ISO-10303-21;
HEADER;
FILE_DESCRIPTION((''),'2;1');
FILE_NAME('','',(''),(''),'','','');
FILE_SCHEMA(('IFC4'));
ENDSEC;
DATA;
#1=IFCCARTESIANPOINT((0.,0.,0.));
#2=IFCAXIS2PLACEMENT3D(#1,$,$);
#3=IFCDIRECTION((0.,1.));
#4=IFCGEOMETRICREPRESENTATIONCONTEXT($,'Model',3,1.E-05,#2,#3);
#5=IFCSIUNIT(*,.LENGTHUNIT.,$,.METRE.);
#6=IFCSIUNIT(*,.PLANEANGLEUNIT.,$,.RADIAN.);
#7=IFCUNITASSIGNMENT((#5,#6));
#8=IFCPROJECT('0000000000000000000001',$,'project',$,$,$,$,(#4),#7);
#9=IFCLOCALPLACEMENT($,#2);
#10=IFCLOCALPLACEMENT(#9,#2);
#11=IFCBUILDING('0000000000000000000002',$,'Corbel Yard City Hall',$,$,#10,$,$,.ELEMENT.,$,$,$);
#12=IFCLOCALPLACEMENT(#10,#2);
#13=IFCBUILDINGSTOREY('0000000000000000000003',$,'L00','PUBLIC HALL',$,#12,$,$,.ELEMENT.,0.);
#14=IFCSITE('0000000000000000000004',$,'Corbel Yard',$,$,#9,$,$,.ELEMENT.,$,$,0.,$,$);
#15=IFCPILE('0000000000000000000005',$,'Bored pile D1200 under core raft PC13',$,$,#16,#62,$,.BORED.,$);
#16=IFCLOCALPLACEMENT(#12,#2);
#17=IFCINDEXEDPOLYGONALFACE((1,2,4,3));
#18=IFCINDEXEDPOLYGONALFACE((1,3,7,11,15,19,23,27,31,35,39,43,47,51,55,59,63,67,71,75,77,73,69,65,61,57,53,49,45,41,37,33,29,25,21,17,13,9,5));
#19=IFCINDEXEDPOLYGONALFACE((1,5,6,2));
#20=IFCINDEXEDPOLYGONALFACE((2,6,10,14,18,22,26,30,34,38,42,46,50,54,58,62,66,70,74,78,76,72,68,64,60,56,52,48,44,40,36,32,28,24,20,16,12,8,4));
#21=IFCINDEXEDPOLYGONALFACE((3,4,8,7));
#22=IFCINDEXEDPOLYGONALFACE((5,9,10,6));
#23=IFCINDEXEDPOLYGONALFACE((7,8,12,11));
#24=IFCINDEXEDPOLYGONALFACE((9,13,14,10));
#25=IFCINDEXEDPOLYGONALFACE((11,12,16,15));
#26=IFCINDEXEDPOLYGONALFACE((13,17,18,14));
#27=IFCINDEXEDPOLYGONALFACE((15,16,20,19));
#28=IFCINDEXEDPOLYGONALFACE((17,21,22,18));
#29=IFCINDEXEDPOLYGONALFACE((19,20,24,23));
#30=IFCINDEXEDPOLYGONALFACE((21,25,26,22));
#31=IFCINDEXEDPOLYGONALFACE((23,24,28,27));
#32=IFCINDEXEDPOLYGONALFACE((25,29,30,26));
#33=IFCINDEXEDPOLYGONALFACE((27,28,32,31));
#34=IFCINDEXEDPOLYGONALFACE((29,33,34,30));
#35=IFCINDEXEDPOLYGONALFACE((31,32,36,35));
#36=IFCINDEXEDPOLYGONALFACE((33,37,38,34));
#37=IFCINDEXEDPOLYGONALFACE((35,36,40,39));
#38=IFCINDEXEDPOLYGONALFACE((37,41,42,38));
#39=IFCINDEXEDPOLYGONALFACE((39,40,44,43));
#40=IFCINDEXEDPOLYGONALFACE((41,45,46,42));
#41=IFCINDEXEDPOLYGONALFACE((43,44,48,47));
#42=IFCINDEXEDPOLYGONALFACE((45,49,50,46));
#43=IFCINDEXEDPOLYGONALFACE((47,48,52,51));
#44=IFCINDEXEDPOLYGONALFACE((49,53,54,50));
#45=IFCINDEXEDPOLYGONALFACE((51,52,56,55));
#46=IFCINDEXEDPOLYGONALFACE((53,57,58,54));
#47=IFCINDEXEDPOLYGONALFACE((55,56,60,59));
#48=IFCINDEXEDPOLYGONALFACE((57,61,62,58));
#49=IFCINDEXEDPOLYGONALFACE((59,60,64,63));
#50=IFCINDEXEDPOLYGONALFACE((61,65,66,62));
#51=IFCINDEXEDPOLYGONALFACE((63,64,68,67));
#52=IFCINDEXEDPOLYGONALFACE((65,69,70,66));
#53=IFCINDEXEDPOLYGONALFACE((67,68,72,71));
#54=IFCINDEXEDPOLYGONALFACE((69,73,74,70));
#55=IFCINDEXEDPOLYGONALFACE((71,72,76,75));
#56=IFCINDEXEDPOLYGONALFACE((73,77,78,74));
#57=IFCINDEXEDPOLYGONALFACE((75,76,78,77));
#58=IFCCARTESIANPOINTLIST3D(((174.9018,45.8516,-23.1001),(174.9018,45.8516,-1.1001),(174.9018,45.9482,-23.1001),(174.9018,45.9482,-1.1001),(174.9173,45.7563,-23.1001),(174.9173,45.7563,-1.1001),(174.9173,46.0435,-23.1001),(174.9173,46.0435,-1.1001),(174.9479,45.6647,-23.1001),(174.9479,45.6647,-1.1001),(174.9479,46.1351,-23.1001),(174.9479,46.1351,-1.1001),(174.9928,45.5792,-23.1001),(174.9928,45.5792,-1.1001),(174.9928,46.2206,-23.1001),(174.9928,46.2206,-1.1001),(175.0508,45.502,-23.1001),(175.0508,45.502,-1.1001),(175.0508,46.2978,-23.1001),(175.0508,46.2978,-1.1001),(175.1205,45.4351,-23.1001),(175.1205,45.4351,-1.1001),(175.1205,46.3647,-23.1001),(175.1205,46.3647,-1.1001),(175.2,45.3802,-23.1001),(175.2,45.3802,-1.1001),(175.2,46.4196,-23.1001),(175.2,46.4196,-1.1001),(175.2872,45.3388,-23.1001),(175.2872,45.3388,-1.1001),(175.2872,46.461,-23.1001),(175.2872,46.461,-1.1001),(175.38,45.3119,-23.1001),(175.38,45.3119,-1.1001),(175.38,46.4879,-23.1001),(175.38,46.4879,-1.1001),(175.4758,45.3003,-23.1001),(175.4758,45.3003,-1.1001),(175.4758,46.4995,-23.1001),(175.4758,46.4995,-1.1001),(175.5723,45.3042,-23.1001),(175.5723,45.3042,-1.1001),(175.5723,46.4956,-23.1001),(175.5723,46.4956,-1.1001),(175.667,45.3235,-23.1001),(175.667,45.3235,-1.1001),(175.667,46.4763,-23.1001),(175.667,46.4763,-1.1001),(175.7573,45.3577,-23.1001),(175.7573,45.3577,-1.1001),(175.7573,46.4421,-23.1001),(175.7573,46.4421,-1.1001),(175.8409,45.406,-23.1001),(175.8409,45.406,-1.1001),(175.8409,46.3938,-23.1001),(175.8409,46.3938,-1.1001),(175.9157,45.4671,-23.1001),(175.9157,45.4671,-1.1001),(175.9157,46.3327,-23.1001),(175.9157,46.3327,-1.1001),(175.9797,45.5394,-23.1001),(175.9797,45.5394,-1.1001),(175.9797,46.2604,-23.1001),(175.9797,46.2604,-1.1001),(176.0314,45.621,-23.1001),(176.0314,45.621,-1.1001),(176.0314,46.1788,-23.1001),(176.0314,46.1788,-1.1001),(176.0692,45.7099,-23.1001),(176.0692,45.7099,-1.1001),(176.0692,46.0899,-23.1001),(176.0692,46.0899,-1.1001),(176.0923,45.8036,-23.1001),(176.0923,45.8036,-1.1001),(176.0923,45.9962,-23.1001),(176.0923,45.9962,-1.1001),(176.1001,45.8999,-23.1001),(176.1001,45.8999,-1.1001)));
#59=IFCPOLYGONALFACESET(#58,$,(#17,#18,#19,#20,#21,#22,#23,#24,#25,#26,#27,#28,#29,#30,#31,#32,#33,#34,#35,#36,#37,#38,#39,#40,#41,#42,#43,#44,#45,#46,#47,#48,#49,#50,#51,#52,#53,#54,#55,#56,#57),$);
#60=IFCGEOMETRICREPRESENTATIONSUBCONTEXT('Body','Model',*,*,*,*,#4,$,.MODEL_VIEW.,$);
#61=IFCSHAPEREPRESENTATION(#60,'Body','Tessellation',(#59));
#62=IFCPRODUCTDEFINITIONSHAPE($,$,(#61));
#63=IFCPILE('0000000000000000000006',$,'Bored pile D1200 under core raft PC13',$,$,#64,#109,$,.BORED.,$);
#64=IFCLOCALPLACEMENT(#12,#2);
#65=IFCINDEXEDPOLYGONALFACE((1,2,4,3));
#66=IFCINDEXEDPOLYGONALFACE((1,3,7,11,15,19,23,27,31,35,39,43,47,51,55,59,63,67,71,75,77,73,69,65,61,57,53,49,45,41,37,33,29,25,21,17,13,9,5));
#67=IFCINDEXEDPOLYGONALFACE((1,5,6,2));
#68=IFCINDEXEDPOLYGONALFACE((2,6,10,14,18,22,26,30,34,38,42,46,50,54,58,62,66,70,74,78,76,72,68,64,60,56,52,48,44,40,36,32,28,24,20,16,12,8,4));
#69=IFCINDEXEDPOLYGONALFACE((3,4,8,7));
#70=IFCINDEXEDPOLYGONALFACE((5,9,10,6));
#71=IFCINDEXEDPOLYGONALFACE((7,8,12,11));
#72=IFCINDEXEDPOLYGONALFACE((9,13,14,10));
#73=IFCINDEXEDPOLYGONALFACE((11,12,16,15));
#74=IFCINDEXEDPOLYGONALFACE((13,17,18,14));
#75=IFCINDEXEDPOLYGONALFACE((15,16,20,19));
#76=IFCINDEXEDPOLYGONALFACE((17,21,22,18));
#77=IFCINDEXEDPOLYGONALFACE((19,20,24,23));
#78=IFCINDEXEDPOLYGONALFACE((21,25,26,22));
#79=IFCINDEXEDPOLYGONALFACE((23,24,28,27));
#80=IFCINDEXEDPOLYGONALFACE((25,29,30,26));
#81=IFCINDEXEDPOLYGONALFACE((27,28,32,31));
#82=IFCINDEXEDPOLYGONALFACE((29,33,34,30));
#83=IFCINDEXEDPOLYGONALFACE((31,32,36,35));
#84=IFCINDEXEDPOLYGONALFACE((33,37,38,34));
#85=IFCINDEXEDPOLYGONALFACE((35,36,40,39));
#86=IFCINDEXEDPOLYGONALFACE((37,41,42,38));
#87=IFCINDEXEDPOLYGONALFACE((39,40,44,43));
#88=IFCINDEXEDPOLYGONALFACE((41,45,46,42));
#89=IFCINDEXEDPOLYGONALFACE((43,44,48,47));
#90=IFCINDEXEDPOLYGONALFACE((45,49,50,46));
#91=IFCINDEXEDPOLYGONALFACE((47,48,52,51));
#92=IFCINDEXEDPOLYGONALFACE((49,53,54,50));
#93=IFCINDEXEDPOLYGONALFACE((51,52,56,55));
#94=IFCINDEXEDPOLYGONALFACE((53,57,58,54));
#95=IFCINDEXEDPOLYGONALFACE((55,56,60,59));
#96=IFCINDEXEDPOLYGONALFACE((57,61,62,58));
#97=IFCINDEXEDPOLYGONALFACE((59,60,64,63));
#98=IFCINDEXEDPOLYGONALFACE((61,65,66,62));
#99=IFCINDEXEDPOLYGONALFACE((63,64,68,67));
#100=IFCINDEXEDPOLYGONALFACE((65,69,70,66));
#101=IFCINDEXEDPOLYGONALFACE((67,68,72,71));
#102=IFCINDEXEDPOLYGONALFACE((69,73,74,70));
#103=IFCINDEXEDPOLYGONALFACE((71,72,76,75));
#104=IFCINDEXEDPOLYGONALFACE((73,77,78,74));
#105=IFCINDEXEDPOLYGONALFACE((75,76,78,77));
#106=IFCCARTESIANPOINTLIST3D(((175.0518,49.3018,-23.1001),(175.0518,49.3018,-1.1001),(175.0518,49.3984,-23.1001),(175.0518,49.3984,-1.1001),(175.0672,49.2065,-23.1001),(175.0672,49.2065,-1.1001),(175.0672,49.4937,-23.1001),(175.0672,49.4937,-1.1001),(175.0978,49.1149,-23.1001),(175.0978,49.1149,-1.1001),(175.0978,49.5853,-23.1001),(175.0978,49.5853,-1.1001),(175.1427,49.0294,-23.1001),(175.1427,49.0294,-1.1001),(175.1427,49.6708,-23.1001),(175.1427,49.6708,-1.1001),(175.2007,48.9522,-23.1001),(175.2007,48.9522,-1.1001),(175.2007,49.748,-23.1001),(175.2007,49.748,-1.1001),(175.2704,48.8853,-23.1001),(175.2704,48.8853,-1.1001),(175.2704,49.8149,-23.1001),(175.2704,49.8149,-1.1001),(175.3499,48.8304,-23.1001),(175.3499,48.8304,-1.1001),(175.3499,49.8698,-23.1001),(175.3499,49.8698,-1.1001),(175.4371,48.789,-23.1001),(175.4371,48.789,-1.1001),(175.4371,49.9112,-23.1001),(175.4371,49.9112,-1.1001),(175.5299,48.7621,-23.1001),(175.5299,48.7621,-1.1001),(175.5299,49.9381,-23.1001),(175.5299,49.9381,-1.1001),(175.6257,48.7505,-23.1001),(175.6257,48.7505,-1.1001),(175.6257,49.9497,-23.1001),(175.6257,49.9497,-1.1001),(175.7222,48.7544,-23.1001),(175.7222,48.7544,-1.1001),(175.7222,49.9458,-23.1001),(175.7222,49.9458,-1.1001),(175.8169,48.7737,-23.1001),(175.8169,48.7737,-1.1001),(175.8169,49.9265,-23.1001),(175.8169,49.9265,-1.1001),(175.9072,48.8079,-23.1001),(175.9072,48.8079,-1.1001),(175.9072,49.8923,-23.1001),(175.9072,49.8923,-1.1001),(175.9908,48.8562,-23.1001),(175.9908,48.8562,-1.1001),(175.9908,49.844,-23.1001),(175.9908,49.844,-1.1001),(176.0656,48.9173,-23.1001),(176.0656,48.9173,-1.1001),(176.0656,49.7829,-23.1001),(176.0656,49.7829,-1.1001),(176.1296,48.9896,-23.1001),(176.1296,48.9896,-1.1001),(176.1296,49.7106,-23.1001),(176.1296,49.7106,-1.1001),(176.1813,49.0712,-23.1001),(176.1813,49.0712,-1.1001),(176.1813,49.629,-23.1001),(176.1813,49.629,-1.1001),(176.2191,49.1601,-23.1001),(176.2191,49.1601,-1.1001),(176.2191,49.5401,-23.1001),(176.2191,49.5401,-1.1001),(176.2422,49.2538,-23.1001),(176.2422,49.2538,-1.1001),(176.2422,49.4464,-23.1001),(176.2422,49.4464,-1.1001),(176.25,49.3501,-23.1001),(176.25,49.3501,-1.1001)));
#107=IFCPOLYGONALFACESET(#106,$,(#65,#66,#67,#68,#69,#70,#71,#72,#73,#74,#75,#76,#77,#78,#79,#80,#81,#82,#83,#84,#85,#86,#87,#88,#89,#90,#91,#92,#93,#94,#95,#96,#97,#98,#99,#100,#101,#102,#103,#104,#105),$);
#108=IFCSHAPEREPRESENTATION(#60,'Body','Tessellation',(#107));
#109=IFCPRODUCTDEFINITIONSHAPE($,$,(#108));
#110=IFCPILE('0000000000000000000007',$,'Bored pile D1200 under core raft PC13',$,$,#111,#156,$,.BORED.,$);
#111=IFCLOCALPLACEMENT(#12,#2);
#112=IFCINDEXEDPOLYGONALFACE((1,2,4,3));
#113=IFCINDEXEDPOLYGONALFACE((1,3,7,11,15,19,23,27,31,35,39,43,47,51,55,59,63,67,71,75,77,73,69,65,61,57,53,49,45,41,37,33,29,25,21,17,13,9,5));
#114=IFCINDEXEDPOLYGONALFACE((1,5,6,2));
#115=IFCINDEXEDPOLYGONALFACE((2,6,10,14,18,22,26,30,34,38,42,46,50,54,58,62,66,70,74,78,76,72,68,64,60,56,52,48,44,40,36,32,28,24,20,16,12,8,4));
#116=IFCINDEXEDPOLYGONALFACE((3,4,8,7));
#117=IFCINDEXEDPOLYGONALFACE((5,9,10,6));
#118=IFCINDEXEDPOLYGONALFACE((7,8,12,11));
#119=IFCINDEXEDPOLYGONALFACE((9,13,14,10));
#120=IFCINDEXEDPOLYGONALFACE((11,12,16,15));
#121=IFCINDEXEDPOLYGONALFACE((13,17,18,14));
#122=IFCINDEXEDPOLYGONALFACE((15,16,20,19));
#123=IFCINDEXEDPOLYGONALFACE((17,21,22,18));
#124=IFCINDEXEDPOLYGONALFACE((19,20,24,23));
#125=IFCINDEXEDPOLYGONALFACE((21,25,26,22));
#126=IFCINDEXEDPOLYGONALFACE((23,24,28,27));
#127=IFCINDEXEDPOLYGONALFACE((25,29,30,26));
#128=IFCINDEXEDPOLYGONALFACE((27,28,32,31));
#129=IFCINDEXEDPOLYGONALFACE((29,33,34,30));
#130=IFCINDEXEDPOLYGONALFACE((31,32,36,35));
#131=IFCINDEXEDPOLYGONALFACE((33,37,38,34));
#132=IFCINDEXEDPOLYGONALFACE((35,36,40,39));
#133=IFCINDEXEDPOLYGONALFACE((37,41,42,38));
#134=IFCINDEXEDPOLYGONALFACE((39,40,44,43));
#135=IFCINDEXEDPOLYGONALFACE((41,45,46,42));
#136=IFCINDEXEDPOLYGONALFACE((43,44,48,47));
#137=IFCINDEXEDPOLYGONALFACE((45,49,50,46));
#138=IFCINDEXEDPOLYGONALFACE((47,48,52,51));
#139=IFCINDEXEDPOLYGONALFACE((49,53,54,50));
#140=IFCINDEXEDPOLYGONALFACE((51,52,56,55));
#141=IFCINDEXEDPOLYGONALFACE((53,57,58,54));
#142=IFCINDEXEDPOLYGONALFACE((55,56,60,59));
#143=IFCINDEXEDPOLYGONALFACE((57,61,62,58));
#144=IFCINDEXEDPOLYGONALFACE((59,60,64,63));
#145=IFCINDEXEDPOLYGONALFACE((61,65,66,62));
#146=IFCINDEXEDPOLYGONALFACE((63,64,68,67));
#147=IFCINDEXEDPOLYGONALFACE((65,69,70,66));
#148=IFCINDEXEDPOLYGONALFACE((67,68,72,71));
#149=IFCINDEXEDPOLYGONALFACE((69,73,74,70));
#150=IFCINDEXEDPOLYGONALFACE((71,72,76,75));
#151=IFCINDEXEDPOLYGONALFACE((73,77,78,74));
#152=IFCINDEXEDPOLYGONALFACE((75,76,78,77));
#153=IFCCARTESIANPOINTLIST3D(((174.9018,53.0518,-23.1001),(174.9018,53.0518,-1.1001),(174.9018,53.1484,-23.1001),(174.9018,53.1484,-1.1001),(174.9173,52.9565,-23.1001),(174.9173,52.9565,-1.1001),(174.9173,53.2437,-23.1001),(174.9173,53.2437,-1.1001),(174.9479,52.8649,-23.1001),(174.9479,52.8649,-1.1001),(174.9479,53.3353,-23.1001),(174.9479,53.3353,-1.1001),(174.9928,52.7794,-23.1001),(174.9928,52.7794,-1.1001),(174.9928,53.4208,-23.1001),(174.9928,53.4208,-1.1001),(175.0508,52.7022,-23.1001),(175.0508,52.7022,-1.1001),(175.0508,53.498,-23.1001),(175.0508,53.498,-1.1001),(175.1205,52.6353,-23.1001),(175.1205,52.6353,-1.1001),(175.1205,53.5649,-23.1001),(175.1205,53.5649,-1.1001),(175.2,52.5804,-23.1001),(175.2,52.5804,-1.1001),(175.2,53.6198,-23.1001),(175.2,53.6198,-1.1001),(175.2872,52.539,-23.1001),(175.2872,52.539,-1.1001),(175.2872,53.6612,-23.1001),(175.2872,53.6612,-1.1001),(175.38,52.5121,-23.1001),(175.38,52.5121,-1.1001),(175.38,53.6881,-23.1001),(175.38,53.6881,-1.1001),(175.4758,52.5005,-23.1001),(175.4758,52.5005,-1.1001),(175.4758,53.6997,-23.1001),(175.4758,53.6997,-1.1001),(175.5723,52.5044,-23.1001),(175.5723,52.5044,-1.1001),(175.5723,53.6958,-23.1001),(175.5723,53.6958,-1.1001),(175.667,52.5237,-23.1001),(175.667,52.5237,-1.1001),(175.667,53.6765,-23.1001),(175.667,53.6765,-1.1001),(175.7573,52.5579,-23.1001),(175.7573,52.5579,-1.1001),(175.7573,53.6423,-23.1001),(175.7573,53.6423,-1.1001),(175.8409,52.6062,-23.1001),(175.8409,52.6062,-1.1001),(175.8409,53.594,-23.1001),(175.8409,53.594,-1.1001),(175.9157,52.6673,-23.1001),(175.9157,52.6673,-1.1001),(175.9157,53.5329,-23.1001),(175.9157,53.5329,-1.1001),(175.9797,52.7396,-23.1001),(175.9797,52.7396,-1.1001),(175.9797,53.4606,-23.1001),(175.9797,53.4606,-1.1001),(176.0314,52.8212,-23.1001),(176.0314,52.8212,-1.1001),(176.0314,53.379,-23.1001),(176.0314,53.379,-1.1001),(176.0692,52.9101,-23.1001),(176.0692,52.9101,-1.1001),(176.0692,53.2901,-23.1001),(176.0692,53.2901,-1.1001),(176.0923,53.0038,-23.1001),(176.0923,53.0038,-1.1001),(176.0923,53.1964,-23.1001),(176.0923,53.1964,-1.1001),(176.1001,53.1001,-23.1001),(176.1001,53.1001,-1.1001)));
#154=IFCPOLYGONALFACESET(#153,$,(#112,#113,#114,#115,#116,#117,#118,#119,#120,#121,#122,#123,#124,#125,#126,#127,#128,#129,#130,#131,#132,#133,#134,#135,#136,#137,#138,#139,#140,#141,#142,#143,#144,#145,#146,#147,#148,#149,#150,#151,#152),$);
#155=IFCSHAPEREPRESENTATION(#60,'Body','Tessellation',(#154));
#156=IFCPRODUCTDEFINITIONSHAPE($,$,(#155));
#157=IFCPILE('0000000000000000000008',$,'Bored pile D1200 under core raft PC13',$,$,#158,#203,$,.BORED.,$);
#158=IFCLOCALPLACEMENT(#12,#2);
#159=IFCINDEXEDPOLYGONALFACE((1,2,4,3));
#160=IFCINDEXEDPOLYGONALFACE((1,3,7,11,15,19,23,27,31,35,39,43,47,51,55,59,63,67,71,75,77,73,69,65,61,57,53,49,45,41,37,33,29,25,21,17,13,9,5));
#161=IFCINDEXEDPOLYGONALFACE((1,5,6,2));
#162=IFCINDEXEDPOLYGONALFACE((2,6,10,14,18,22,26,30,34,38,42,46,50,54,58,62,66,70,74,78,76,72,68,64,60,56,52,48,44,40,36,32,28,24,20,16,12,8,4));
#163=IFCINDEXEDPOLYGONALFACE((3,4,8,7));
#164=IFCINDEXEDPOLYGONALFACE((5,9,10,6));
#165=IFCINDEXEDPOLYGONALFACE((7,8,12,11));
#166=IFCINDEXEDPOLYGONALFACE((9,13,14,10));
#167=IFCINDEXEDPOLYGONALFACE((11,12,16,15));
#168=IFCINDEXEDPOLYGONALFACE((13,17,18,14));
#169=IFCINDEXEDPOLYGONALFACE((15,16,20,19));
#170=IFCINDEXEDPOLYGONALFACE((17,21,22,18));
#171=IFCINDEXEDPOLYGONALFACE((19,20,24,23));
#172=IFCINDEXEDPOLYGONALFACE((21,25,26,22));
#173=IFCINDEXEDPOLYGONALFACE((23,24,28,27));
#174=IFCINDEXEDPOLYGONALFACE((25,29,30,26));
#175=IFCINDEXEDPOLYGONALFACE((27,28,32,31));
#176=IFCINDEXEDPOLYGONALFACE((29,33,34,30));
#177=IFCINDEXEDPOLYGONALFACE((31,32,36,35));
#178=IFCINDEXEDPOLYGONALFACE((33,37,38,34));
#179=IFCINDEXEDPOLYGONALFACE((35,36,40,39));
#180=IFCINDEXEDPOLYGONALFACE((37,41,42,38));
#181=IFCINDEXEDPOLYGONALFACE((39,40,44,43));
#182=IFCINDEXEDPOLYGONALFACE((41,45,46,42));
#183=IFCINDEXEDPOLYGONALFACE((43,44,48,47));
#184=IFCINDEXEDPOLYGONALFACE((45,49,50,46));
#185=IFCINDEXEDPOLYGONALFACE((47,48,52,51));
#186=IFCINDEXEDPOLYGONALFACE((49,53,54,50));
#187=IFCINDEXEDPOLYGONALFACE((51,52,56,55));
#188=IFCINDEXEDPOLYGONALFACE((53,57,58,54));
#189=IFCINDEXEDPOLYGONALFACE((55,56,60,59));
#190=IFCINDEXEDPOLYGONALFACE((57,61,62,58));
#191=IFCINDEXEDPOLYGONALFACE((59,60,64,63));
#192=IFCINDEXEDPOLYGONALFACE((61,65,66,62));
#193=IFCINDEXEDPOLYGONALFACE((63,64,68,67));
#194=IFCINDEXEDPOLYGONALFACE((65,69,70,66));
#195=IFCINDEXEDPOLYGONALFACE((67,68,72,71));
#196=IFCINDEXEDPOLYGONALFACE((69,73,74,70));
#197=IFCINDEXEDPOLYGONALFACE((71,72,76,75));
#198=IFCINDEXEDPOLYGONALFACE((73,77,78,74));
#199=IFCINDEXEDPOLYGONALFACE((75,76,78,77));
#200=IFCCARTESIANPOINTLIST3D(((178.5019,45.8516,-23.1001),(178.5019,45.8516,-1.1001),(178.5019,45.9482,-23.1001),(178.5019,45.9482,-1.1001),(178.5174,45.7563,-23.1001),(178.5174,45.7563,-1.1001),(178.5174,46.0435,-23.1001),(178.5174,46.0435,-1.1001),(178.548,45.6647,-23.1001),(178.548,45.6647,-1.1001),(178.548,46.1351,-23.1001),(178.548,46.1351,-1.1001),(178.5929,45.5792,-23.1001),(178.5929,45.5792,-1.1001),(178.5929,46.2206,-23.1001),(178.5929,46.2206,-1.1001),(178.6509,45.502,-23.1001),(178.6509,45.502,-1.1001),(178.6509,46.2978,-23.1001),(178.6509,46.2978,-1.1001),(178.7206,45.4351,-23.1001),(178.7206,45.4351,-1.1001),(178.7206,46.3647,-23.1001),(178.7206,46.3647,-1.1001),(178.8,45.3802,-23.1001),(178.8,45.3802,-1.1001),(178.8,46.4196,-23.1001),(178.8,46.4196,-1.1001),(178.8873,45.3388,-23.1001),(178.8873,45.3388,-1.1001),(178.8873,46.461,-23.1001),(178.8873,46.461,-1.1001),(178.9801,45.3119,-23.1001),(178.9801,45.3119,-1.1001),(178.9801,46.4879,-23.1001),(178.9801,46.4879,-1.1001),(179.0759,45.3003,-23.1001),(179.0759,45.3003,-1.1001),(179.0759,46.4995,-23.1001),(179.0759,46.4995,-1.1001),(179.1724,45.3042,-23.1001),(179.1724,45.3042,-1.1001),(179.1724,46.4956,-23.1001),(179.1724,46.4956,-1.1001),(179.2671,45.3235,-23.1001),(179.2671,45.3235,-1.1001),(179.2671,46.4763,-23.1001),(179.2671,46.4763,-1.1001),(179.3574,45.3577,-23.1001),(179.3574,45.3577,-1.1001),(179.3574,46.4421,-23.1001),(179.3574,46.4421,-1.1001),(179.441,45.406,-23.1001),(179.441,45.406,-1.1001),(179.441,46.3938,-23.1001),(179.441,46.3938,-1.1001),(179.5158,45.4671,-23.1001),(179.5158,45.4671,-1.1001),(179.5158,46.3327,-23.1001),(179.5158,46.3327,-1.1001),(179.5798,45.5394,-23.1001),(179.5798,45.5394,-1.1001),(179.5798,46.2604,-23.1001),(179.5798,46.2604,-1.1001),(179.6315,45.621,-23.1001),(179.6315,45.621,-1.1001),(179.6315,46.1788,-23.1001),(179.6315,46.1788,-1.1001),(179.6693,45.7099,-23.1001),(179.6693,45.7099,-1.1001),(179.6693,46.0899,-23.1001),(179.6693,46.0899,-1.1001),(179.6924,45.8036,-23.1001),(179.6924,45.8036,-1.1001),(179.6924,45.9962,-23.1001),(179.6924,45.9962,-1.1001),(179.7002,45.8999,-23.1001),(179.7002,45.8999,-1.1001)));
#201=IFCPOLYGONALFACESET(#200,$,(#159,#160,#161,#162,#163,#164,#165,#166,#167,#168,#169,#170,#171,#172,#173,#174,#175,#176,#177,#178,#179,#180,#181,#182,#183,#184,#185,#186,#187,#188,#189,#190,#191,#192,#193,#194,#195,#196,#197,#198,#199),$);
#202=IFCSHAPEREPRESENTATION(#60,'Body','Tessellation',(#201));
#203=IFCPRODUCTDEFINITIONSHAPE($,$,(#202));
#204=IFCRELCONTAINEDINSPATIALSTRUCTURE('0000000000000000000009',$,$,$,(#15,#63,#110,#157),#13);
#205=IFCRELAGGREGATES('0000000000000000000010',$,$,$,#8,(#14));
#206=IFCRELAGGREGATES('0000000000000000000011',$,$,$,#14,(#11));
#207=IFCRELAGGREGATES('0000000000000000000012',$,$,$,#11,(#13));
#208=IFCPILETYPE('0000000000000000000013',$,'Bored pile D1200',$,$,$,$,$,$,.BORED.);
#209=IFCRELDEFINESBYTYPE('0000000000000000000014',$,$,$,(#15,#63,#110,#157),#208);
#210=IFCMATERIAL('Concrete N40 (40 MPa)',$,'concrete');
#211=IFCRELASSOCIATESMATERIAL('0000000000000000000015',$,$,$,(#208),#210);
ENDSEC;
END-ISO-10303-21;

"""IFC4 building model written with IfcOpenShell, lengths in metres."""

from ifc_helpers import new_model, si_unit, direction, frame, origin, origin_2d, place, context, subcontext, project, spatial, circle, extrude, material, material_profile, profile_set, type_object, element, save


model = new_model("IFC4")

# Units and contexts
model_context = context("Model", 3, precision=1e-05, world=origin(), true_north=direction((0.0, 1.0)))
body_context = subcontext(model_context, "Body", "Model", "MODEL_VIEW")
ifc_project = project(units=[si_unit("LENGTHUNIT", "METRE"), si_unit("PLANEANGLEUNIT", "RADIAN")], contexts=[model_context])

# Site, building, storey
site_placement = place(None, origin())
site = spatial("IfcSite", under=ifc_project, at=site_placement, Name="Corbel Yard", CompositionType="ELEMENT", RefElevation=0.0)
building_placement = place(site_placement, origin())
building = spatial("IfcBuilding", under=site, at=building_placement, Name="Corbel Yard City Hall", CompositionType="ELEMENT")
storey_placement = place(building_placement, origin())
storey = spatial("IfcBuildingStorey", under=building, at=storey_placement, Name="L00", Description="PUBLIC HALL", CompositionType="ELEMENT", Elevation=0.0)

# Piles
ifc_material_1 = material(Name="Concrete N40 (40 MPa)", Category="concrete")
ifc_material_profile = material_profile(ifc_material_1, circle(Radius=0.6001, at=origin_2d()), Name="D1200")
ifc_profile_set = profile_set([ifc_material_profile], Name="Concrete N40 (40 MPa)")
pile_type = type_object("IfcPileType", Name="Bored pile D1200", PredefinedType="BORED", material=ifc_profile_set)
for number, where, z_axis, x_axis, name in (
    (1, (175.5, 45.8999, -1.1001), (0.0, 0.0, -1.0), (1.0, 0.0, 0.0), "Bored pile D1200 under core raft PC13"),
    (2, (175.6499, 49.3501, -1.1001), (0.0, 0.0, -1.0), (1.0, 0.0, 0.0), "Bored pile D1200 under core raft PC13"),
    (3, (175.5, 53.1001, -1.1001), (0.0, 0.0, -1.0), (1.0, 0.0, 0.0), "Bored pile D1200 under core raft PC13"),
    (4, (179.1001, 45.8999, -1.1001), (0.0, 0.0, -1.0), (1.0, 0.0, 0.0), "Bored pile D1200 under core raft PC13"),
):
    element("IfcPile", number, at=place(storey_placement, frame(where, z_axis=z_axis, x_axis=x_axis)), inside=storey, type_object=pile_type, Name=name, PredefinedType="BORED", context=body_context, shape_type="SweptSolid", body=[
        extrude(circle(Radius=0.6001, at=origin_2d()), origin(), (0.0, 0.0, 1.0), 22.0),
    ])

save(model, "model.ifc")
